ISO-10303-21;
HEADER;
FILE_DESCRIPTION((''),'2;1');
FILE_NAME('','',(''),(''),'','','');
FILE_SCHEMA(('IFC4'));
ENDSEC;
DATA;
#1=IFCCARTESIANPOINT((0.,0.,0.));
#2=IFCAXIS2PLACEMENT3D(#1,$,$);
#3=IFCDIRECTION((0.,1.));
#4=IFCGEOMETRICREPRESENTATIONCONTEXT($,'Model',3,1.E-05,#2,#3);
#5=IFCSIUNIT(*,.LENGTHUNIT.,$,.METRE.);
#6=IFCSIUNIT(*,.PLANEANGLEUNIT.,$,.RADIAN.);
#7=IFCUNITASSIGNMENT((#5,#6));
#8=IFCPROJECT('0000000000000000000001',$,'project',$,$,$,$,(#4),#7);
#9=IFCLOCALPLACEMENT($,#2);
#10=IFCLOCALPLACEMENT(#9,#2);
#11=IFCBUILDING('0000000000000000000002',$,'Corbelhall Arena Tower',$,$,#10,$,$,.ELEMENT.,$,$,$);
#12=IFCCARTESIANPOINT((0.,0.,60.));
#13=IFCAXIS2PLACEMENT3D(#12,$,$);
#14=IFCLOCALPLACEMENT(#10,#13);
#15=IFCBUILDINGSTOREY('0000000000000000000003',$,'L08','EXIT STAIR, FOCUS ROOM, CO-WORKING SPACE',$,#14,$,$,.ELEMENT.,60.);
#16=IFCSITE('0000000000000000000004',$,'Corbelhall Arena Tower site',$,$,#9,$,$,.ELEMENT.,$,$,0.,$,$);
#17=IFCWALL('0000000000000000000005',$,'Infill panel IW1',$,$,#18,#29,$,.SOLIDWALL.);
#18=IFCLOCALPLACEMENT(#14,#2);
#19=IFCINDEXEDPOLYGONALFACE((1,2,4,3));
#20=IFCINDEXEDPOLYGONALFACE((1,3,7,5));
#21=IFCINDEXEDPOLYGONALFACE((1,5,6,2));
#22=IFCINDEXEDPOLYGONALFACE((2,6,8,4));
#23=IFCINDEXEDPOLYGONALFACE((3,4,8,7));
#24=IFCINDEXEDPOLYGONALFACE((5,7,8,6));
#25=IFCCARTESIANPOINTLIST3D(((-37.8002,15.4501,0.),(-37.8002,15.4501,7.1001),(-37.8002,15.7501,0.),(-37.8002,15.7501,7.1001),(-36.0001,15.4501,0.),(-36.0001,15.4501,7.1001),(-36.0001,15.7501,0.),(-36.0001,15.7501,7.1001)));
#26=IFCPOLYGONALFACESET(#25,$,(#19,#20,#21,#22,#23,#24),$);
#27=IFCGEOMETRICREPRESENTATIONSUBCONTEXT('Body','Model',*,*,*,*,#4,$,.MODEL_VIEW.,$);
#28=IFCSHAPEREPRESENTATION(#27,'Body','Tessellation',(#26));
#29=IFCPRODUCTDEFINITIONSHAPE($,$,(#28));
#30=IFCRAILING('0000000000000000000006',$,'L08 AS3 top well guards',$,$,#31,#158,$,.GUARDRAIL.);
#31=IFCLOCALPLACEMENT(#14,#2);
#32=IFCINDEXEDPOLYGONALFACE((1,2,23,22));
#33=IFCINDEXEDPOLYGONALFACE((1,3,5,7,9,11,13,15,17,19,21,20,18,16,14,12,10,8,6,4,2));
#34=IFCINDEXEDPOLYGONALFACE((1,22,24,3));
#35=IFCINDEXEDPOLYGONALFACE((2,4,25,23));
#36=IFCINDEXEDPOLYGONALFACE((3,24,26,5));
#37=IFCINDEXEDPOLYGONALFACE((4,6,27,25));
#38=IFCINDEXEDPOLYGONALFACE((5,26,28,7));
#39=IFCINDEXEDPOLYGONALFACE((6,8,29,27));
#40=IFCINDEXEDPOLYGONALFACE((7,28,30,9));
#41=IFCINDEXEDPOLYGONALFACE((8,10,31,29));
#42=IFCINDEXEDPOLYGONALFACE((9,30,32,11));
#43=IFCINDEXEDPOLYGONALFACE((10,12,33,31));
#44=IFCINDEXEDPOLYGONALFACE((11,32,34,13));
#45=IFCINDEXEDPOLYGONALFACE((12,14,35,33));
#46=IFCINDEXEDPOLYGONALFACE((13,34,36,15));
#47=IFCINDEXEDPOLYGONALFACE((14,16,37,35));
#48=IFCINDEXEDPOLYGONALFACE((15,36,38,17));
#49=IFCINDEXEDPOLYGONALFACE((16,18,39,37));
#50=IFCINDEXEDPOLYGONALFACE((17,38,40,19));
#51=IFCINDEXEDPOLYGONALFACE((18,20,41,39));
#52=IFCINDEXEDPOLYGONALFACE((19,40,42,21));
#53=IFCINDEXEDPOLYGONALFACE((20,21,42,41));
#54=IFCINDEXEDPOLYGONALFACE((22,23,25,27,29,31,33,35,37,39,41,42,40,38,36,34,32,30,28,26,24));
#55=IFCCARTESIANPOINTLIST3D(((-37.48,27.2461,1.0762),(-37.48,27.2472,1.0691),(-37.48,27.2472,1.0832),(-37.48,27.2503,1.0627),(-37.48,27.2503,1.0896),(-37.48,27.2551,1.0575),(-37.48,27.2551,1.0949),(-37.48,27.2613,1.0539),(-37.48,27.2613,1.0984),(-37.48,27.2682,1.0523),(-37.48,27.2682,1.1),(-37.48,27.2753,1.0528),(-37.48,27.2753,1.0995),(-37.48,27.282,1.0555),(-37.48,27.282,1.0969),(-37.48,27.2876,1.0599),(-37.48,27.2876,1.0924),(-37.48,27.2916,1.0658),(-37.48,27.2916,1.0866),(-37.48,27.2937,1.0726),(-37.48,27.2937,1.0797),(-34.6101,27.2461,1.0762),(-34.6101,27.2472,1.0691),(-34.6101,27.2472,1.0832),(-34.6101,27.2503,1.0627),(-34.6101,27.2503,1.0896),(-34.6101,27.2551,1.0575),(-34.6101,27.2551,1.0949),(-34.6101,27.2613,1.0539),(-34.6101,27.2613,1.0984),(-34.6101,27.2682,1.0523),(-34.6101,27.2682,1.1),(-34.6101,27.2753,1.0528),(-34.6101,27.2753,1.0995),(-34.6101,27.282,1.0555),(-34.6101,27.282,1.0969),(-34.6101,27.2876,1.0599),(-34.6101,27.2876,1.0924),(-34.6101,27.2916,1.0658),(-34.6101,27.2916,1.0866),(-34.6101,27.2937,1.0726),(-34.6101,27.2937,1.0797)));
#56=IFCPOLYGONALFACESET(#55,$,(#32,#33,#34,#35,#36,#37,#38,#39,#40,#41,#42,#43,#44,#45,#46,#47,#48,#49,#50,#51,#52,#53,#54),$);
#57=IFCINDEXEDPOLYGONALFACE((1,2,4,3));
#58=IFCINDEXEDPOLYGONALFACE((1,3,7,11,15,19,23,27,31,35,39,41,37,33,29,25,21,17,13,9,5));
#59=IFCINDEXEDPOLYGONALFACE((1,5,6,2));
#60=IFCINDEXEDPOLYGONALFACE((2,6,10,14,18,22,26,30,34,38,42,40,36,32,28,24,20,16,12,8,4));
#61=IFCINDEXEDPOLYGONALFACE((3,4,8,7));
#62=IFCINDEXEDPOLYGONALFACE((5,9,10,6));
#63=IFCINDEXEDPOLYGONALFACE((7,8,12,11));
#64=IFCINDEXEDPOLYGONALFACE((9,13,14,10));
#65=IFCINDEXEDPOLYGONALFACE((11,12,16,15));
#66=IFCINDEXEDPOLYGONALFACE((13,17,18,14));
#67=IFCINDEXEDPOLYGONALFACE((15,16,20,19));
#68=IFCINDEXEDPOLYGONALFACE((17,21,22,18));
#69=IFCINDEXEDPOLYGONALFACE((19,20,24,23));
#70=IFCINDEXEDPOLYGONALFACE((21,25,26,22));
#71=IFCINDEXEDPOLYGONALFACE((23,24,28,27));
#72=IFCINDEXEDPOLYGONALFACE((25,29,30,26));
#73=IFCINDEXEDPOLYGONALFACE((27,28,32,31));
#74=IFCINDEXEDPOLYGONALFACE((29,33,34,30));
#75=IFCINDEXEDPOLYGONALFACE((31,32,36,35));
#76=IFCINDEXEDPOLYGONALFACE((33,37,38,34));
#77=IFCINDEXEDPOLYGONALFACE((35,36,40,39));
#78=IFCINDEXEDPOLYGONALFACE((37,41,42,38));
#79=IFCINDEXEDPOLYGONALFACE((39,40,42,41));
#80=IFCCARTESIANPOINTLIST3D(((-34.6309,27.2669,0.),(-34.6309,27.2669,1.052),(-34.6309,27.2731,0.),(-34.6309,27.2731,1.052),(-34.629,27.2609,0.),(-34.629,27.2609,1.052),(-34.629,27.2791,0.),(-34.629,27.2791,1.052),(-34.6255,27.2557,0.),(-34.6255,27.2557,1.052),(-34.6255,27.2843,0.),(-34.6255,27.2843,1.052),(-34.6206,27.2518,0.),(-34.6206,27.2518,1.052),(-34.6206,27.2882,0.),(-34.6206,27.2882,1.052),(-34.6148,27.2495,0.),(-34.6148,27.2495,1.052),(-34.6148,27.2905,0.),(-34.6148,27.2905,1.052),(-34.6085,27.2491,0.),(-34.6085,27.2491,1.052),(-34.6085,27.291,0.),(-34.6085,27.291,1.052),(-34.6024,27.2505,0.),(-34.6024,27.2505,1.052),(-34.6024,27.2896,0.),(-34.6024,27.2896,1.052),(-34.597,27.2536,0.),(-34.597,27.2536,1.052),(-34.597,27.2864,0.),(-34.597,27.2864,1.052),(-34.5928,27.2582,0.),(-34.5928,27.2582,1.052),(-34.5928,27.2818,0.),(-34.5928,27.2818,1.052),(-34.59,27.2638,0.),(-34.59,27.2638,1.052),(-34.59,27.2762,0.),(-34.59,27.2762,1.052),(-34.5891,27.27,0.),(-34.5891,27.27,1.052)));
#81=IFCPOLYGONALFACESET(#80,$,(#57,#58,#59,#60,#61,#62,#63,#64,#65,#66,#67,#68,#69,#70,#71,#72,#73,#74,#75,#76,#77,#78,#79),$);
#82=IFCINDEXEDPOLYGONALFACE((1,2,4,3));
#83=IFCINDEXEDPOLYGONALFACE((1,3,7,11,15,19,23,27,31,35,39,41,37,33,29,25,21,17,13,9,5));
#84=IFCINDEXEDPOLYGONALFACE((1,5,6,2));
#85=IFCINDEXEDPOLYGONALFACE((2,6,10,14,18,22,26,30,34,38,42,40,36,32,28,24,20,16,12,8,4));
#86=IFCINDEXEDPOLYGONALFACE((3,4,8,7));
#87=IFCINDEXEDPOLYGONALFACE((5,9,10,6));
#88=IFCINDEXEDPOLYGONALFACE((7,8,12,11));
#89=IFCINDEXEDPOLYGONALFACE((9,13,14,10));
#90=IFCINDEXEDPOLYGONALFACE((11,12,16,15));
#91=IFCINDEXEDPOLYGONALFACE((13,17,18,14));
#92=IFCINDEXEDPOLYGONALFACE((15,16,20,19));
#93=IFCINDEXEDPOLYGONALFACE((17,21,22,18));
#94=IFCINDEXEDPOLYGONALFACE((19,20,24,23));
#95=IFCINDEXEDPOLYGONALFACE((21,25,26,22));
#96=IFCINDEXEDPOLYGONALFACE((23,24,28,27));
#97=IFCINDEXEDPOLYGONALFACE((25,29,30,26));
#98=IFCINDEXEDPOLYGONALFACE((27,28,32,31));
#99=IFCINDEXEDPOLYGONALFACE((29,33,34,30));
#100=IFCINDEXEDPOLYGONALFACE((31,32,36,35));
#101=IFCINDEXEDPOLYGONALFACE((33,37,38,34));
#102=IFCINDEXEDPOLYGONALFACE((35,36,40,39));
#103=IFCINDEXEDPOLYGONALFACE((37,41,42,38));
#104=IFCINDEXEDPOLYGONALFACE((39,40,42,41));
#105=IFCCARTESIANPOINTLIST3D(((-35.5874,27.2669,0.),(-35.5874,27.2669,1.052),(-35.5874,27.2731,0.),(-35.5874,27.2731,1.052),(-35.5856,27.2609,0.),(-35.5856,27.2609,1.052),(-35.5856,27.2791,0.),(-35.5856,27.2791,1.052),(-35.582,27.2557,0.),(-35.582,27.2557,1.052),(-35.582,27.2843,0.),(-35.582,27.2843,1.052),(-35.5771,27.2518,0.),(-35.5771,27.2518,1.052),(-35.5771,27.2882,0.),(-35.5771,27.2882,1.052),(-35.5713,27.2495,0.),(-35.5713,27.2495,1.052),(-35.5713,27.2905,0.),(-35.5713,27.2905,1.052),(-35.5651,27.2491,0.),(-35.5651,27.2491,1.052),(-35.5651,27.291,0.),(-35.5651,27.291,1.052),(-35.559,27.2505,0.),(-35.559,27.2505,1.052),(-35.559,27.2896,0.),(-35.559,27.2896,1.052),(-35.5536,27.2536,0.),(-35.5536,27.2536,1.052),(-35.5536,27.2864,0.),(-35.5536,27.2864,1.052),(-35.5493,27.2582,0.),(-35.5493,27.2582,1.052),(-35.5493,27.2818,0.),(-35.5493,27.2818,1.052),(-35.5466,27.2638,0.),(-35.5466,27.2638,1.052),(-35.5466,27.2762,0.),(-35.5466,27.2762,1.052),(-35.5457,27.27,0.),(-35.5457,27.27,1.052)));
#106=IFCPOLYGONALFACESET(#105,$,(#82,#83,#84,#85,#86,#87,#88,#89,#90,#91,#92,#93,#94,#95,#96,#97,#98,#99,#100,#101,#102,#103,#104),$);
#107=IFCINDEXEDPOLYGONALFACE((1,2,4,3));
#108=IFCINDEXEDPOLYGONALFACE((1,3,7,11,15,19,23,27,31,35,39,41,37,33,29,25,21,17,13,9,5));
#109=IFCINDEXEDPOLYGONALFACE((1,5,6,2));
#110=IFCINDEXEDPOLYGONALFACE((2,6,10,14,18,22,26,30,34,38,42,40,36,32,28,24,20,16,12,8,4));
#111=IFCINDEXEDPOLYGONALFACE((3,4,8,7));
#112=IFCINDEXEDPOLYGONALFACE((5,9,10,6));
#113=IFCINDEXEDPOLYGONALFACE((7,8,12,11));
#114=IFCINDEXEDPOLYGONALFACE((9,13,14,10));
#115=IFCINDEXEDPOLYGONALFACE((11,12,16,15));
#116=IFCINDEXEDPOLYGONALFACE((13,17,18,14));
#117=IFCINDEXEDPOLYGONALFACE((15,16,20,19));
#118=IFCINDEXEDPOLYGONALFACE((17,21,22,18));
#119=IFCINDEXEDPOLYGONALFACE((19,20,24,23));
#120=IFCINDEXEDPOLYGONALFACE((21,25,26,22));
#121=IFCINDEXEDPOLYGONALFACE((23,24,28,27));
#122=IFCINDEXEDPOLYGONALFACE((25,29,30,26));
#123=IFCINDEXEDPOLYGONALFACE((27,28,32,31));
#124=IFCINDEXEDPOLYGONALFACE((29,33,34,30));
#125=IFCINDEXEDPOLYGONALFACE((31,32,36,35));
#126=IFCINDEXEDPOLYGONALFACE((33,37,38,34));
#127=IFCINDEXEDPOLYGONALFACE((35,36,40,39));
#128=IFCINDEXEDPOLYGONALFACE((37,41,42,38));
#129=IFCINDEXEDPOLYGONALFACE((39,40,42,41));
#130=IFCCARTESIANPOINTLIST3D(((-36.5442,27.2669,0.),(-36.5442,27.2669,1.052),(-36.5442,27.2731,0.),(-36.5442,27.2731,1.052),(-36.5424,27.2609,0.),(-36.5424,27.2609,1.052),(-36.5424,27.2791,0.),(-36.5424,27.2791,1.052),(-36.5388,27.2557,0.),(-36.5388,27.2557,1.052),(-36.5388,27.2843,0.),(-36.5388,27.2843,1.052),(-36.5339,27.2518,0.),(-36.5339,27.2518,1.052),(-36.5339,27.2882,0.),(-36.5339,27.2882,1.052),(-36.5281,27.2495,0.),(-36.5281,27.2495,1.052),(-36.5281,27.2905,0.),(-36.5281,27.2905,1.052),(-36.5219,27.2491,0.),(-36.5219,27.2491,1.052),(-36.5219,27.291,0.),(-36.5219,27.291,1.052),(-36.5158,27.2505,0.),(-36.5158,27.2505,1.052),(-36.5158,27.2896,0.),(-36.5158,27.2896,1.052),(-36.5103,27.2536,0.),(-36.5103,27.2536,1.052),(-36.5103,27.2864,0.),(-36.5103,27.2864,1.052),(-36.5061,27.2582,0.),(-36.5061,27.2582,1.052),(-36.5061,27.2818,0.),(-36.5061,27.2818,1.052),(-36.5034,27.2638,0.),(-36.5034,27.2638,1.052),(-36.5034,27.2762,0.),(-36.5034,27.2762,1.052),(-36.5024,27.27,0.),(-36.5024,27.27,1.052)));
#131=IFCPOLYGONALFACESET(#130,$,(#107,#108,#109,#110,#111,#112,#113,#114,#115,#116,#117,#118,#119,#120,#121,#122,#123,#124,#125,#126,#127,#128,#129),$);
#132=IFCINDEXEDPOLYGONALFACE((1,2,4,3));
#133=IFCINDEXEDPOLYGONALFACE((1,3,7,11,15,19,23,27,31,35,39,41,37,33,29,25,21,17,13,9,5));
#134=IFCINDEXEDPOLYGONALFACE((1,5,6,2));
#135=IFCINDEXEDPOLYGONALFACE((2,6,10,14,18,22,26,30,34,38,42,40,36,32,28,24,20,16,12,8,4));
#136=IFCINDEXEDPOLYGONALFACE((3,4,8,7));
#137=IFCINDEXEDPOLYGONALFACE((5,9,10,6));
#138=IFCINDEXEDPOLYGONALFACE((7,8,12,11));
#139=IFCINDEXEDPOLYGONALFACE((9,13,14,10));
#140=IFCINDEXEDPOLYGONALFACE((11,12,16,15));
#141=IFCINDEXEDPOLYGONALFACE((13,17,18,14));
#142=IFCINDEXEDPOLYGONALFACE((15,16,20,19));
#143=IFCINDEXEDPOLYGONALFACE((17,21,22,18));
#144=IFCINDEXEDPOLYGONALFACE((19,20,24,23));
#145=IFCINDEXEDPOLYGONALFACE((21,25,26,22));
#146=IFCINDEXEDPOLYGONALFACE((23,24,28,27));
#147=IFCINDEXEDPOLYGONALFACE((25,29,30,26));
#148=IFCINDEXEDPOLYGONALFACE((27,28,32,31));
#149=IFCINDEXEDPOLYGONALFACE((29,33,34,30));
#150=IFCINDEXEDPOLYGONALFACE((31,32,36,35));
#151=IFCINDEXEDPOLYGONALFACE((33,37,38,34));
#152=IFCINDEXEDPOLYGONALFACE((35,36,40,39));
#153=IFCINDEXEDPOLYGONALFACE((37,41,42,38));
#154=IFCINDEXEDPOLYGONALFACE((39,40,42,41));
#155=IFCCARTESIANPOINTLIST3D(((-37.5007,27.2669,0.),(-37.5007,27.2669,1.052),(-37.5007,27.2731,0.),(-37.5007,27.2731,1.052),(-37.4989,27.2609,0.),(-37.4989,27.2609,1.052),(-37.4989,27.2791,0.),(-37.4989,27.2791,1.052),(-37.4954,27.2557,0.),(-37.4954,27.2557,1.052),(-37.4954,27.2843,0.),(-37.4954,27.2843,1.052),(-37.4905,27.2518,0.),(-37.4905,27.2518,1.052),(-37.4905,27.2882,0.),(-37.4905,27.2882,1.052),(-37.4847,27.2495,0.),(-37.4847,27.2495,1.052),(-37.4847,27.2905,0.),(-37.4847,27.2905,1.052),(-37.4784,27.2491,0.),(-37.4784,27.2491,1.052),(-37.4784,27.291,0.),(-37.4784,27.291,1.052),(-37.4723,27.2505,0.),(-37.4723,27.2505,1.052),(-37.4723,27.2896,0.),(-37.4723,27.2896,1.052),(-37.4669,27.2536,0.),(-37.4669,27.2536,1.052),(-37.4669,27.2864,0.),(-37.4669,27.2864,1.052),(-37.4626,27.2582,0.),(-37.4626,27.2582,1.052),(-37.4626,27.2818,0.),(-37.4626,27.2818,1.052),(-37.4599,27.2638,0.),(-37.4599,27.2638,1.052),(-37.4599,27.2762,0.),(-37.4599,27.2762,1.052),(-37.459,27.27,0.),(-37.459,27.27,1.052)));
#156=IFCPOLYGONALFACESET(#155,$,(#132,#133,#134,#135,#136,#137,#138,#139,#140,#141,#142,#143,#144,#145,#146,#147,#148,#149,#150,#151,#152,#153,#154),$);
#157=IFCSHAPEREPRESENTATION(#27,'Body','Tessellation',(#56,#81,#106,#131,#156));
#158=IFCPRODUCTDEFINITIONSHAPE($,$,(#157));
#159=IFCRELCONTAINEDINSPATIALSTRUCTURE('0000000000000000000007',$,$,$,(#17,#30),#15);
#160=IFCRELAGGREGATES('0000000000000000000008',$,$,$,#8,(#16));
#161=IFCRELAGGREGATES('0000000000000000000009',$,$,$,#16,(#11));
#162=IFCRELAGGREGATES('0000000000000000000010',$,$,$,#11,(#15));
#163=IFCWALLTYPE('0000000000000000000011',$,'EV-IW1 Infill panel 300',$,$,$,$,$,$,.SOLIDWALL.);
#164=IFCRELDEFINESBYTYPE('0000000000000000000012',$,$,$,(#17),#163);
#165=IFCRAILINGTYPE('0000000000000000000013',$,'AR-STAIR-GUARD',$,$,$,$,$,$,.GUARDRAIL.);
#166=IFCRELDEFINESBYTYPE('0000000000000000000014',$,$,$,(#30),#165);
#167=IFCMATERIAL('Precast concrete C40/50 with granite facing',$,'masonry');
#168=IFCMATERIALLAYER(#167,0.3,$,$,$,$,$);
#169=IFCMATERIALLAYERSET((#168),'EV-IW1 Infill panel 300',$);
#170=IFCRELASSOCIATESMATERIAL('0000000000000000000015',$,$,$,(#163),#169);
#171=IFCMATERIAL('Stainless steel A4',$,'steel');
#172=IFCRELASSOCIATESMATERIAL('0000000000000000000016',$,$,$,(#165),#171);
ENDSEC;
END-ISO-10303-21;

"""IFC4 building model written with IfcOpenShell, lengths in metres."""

from ifc_helpers import new_model, si_unit, direction, frame, frame_2d, origin, origin_2d, place, context, subcontext, project, spatial, rectangle, circle, extrude, material, layer, layer_set, type_object, element, save


model = new_model("IFC4")

# Units and contexts
model_context = context("Model", 3, precision=1e-05, world=origin(), true_north=direction((0.0, 1.0)))
body_context = subcontext(model_context, "Body", "Model", "MODEL_VIEW")
ifc_project = project(units=[si_unit("LENGTHUNIT", "METRE"), si_unit("PLANEANGLEUNIT", "RADIAN")], contexts=[model_context])

# Site, building, storey
site_placement = place(None, origin())
site = spatial("IfcSite", under=ifc_project, at=site_placement, Name="Corbelhall Arena Tower site", CompositionType="ELEMENT", RefElevation=0.0)
building_placement = place(site_placement, origin())
building = spatial("IfcBuilding", under=site, at=building_placement, Name="Corbelhall Arena Tower", CompositionType="ELEMENT")
storey_placement = place(building_placement, frame((0.0, 0.0, 60.0)))
storey = spatial("IfcBuildingStorey", under=building, at=storey_placement, Name="L08", Description="EXIT STAIR, FOCUS ROOM, CO-WORKING SPACE", CompositionType="ELEMENT", Elevation=60.0)

# Shared definitions
ifc_material_1 = material(Name="Stainless steel A4", Category="steel")

# Wall
ifc_material_2 = material(Name="Precast concrete C40/50 with granite facing", Category="masonry")
ifc_layer_1 = layer(ifc_material_2, 0.3)
ifc_layer_set_1 = layer_set([ifc_layer_1], Name="EV-IW1 Infill panel 300")
wall_type_1 = type_object("IfcWallType", Name="EV-IW1 Infill panel 300", PredefinedType="SOLIDWALL", material=ifc_layer_set_1)
for number, where, z_axis, x_axis, name in (
    (1, (-37.8, 15.6001, 0.0), (0.0, 0.0, 1.0), (1.0, 0.0, 0.0), "Infill panel IW1"),
):
    element("IfcWall", number, at=place(storey_placement, frame(where, z_axis=z_axis, x_axis=x_axis)), inside=storey, type_object=wall_type_1, Name=name, PredefinedType="SOLIDWALL", context=body_context, shape_type="SweptSolid", body=[
        extrude(rectangle(XDim=1.8, YDim=0.3, at=frame_2d((0.8999, 0.0))), origin(), (0.0, 0.0, 1.0), 7.1001),
    ])

# Railing
railing_type = type_object("IfcRailingType", Name="AR-STAIR-GUARD", PredefinedType="GUARDRAIL", material=ifc_material_1)
for number, where, name in (
    (2, (-34.6101, 27.27, 0.0), "L08 AS3 top well guards"),
):
    element("IfcRailing", number, at=place(storey_placement, frame(where)), inside=storey, type_object=railing_type, Name=name, PredefinedType="GUARDRAIL", context=body_context, shape_type="SweptSolid", body=[
        extrude(circle(Radius=0.0239, at=origin_2d()), frame((0.0, 0.0, 1.0762), z_axis=(-1.0, 0.0, 0.0), x_axis=(0.0, -1.0, 0.0)), (0.0, 0.0, 1.0), 2.8699),
        extrude(circle(Radius=0.021, at=origin_2d()), origin(), (0.0, 0.0, 1.0), 1.052),
        extrude(circle(Radius=0.021, at=origin_2d()), frame((-0.9565, 0.0, 0.0)), (0.0, 0.0, 1.0), 1.052),
        extrude(circle(Radius=0.021, at=origin_2d()), frame((-1.9133, 0.0, 0.0)), (0.0, 0.0, 1.0), 1.052),
        extrude(circle(Radius=0.021, at=origin_2d()), frame((-2.8699, 0.0, 0.0)), (0.0, 0.0, 1.0), 1.052),
    ])

save(model, "model.ifc")
